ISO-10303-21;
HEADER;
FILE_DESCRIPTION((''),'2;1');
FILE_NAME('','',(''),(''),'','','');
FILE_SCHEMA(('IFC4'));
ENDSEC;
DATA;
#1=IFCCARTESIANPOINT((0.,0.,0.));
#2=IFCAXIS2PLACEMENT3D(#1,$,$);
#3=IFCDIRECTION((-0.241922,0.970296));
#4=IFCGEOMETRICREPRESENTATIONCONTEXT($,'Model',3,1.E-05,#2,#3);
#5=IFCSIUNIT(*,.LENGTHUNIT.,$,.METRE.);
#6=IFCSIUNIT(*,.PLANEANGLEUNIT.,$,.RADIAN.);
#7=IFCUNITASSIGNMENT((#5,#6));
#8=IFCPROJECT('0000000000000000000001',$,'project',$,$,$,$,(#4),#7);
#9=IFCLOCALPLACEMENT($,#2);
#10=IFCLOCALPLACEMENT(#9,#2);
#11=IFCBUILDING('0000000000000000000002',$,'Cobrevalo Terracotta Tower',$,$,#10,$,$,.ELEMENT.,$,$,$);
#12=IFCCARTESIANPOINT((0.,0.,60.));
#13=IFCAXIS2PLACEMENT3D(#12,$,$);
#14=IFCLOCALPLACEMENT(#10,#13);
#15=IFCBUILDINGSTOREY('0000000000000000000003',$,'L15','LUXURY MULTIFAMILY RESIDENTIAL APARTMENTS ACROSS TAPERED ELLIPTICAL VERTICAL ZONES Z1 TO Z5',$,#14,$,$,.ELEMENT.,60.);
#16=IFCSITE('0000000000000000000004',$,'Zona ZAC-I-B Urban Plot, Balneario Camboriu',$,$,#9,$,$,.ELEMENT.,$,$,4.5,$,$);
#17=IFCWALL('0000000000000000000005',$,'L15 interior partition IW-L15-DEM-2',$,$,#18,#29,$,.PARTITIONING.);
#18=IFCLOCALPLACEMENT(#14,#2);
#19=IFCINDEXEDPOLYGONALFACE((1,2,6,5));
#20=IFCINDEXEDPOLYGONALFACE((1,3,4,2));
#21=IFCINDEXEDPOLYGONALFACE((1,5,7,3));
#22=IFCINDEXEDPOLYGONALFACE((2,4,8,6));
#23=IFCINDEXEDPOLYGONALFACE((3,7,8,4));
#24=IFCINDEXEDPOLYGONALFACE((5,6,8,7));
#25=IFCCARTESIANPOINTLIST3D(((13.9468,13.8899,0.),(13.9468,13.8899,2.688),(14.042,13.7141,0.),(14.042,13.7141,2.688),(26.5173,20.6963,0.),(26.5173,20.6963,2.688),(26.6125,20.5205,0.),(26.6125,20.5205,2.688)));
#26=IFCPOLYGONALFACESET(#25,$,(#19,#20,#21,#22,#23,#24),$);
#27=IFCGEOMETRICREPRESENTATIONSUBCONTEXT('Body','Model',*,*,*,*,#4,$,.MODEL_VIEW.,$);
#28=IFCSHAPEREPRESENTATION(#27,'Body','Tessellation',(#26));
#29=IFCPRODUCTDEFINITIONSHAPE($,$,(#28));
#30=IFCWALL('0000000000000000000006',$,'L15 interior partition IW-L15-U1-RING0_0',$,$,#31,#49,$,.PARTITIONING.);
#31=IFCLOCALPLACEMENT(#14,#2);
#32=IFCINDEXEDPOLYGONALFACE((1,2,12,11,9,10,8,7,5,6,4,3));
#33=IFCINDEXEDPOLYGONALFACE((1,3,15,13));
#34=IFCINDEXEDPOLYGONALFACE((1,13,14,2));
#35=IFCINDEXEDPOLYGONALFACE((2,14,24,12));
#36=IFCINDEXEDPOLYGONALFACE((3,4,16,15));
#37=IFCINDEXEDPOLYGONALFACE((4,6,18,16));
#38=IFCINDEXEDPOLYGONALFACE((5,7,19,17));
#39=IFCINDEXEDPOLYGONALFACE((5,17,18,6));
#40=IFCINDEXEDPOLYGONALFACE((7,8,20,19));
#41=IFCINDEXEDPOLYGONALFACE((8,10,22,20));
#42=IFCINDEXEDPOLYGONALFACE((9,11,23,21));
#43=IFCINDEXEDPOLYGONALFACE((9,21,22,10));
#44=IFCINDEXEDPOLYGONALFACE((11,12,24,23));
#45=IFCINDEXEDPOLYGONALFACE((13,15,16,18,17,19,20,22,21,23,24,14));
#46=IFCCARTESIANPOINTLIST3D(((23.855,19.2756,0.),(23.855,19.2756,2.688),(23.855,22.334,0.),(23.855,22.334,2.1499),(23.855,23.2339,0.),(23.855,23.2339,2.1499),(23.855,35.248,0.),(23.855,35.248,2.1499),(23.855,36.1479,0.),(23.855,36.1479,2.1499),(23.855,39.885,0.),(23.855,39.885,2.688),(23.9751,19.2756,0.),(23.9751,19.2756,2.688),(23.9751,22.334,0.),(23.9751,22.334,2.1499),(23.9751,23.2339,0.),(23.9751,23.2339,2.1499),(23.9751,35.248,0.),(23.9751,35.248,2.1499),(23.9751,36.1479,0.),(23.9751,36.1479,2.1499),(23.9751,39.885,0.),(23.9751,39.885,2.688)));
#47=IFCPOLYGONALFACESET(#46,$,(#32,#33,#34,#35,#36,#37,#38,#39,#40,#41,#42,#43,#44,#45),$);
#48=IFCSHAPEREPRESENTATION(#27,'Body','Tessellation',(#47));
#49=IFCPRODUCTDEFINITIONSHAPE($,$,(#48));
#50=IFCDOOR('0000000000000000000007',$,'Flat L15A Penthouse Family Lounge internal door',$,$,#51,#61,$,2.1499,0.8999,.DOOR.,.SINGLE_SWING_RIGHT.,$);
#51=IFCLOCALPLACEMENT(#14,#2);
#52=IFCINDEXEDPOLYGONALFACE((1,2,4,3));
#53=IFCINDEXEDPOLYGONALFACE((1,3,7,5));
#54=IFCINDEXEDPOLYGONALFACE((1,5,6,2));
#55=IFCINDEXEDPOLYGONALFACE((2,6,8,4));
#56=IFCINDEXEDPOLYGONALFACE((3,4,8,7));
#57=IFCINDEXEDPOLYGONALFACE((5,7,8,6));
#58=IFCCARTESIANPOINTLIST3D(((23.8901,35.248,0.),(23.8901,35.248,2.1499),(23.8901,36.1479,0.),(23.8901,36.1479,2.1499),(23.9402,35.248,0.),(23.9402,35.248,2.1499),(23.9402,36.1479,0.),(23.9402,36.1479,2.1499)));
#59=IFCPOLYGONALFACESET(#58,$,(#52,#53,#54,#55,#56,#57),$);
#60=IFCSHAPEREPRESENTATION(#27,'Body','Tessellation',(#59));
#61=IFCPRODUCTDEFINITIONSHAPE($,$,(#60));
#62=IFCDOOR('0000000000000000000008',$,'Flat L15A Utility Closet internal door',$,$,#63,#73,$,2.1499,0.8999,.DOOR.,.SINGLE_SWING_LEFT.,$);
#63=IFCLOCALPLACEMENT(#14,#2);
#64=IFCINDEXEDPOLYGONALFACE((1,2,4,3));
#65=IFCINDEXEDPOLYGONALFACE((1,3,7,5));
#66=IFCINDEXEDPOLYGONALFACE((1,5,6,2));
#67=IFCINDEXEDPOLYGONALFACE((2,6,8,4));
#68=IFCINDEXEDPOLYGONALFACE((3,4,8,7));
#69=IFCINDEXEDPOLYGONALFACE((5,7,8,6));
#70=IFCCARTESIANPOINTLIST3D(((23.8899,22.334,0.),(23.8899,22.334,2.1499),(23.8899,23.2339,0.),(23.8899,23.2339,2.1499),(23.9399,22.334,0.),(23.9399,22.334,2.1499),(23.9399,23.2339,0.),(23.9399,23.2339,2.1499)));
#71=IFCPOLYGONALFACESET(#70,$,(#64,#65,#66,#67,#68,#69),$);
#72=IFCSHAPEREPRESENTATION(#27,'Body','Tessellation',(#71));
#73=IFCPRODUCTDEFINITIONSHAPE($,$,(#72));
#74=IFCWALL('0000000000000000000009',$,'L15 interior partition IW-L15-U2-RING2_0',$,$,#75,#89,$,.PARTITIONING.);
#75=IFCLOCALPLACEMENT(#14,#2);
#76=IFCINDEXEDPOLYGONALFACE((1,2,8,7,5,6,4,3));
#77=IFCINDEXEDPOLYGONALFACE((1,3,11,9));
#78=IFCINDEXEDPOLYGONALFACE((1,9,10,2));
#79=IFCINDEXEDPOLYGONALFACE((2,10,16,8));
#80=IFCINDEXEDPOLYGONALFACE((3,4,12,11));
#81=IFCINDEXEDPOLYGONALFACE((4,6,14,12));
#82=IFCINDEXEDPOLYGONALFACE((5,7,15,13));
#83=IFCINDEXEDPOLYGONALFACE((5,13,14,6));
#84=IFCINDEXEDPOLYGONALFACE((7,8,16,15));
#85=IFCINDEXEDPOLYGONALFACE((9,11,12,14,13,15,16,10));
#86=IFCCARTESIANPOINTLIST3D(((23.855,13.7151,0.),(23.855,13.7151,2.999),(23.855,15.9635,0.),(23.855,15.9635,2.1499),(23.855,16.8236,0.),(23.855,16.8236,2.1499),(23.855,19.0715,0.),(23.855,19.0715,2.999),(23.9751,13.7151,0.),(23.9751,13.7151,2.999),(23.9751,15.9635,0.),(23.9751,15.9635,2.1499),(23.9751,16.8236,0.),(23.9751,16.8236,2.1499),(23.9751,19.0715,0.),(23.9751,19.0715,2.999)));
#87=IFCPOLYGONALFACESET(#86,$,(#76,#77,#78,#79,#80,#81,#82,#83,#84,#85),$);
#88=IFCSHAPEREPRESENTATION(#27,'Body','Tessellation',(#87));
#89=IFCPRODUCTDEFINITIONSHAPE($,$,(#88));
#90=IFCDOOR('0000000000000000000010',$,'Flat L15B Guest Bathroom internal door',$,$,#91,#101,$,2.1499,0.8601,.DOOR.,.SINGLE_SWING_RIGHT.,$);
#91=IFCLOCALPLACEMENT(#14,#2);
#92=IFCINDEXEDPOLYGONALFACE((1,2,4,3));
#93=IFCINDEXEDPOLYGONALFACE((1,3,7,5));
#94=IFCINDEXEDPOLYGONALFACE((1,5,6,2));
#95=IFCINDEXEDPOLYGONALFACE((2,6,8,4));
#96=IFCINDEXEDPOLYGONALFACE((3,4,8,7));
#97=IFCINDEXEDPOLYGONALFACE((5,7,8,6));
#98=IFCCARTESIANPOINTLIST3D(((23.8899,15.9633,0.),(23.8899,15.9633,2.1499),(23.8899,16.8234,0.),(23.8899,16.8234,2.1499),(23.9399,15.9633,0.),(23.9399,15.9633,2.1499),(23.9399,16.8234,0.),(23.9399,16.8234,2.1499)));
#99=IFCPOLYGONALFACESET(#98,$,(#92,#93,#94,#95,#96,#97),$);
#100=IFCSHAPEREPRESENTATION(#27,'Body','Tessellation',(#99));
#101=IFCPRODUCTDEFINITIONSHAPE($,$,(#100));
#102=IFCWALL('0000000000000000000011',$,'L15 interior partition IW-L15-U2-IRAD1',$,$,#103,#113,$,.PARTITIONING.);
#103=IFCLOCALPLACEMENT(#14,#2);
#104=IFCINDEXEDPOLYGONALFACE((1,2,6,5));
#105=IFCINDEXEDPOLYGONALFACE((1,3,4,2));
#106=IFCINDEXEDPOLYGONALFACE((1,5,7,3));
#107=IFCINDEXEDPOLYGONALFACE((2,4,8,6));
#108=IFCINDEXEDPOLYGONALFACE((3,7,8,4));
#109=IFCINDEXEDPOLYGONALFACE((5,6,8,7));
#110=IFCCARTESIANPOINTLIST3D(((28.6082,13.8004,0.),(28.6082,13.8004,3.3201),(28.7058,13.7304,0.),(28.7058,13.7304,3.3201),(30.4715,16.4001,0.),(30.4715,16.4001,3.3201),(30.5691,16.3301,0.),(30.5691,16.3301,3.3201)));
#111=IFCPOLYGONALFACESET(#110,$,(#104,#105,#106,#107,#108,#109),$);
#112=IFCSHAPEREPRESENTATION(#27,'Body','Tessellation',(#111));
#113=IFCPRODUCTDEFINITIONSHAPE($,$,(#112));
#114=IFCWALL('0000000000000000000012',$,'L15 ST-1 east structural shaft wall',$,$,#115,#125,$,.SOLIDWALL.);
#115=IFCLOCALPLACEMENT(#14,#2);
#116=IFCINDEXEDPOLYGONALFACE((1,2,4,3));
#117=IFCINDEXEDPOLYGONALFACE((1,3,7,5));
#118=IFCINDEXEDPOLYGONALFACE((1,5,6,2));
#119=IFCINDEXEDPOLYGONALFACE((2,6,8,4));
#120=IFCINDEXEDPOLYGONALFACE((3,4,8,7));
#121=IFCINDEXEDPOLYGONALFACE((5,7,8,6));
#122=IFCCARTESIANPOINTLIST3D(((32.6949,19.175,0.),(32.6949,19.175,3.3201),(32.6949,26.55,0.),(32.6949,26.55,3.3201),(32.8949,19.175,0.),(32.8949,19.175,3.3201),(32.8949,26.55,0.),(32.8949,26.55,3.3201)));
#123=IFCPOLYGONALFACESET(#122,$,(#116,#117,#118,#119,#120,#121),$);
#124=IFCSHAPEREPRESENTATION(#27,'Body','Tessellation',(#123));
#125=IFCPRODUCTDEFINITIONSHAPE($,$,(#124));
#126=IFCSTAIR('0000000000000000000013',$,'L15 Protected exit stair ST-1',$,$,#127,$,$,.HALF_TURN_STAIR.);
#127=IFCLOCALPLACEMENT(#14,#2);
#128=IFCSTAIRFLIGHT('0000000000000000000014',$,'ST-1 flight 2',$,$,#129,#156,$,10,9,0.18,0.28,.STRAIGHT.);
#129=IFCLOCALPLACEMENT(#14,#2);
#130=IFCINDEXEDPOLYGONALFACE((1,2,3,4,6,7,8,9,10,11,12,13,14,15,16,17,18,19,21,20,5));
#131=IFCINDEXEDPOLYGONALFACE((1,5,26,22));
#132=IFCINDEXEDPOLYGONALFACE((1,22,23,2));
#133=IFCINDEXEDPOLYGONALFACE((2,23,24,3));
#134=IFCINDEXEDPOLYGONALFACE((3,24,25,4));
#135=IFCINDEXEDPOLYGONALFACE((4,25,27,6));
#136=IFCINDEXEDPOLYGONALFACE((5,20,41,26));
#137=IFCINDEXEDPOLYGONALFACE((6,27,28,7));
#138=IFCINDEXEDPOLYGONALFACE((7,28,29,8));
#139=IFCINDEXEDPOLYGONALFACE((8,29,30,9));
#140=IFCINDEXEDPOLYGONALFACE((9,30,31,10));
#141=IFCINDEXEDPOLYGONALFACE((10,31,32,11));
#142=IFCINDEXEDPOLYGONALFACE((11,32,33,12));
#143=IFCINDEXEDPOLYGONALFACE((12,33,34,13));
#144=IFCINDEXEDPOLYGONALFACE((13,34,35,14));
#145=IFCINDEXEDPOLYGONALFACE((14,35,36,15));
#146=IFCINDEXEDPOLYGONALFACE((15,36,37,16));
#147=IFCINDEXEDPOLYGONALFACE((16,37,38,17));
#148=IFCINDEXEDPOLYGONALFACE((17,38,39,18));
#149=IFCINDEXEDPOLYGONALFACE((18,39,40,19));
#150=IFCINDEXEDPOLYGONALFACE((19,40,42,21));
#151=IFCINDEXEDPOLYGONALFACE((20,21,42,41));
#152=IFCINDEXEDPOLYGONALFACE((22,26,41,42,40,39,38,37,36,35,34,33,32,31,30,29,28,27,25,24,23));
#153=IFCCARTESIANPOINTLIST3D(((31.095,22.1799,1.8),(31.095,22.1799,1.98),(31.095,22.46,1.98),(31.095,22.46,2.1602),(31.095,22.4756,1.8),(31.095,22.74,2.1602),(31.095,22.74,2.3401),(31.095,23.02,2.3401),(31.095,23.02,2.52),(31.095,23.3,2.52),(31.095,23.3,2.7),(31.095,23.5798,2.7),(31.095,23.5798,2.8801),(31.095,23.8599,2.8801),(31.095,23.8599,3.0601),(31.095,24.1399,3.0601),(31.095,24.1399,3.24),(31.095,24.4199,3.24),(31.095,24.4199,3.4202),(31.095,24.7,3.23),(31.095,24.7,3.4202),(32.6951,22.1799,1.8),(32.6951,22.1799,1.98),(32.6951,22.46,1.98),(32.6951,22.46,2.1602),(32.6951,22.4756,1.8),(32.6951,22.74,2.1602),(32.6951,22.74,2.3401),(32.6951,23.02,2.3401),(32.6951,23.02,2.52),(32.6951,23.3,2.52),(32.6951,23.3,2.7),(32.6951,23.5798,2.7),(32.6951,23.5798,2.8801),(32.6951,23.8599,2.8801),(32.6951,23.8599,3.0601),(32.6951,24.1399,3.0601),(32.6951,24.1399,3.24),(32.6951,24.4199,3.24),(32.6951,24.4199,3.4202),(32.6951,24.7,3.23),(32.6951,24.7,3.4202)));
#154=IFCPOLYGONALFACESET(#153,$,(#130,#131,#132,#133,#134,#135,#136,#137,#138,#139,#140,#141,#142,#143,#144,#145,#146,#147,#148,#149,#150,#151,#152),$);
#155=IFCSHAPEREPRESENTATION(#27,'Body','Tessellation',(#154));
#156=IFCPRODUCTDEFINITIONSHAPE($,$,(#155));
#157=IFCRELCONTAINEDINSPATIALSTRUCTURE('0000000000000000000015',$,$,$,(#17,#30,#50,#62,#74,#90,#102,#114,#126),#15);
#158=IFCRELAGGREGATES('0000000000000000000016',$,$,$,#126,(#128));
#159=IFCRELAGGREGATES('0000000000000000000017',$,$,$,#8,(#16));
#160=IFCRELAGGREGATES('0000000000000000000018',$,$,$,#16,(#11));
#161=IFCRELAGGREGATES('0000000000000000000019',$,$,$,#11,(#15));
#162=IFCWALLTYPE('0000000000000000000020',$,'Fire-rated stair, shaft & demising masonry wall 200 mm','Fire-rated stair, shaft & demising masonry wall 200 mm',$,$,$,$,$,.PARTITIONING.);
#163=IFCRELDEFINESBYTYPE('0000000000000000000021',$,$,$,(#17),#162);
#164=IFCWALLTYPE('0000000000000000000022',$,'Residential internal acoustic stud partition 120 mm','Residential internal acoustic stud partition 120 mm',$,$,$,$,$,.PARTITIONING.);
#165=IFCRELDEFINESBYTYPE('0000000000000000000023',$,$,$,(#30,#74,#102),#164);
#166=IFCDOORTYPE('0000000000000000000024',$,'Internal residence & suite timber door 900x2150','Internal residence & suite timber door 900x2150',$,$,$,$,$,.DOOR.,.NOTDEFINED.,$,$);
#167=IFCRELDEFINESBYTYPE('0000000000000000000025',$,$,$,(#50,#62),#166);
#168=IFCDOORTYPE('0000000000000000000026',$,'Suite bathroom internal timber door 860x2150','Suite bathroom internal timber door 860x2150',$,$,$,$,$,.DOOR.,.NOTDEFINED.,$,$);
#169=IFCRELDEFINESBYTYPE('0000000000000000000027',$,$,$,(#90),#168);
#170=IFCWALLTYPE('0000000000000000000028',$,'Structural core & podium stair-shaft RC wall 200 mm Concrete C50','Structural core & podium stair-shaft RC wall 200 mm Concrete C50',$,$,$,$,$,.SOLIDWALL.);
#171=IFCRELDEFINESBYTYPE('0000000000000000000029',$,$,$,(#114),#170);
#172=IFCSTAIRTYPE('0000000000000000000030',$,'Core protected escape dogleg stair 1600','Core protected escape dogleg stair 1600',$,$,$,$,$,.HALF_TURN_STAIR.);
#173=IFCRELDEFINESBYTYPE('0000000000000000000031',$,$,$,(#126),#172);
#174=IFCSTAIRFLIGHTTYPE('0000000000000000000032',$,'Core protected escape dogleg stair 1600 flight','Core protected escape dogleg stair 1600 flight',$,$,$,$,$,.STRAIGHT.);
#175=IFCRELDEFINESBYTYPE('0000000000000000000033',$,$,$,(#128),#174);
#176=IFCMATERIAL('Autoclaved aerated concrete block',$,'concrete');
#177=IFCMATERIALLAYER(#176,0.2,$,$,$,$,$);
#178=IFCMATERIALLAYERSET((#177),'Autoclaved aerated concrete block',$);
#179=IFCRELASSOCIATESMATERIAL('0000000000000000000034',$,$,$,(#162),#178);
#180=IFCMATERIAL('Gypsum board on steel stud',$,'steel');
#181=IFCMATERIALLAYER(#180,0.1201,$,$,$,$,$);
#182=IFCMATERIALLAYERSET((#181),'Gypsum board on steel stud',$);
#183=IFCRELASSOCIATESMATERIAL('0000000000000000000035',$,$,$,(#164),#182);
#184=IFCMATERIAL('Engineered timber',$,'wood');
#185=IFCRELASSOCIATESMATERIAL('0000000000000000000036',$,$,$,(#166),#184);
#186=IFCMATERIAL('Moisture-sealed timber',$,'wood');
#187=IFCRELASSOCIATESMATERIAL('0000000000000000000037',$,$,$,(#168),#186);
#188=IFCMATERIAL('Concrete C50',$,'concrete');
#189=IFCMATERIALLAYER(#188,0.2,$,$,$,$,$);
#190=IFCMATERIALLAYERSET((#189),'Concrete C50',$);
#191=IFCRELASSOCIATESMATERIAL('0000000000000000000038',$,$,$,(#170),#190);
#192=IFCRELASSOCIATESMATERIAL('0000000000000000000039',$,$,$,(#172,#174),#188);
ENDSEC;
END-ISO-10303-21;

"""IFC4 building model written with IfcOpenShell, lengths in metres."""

from ifc_helpers import new_model, si_unit, direction, frame, frame_2d, origin, place, context, subcontext, project, spatial, polyline, rectangle, outline, extrude, source, transform, mapped, material, layer, layer_set, type_object, element, fill, aggregate, save


model = new_model("IFC4")

# Units and contexts
model_context = context("Model", 3, precision=1e-05, world=origin(), true_north=direction((-0.241922, 0.970296)))
body_context = subcontext(model_context, "Body", "Model", "MODEL_VIEW")
ifc_project = project(units=[si_unit("LENGTHUNIT", "METRE"), si_unit("PLANEANGLEUNIT", "RADIAN")], contexts=[model_context])

# Site, building, storey
site_placement = place(None, origin())
site = spatial("IfcSite", under=ifc_project, at=site_placement, Name="Zona ZAC-I-B Urban Plot, Balneario Camboriu", CompositionType="ELEMENT", RefElevation=4.5)
building_placement = place(site_placement, origin())
building = spatial("IfcBuilding", under=site, at=building_placement, Name="Cobrevalo Terracotta Tower", CompositionType="ELEMENT")
storey_placement = place(building_placement, frame((0.0, 0.0, 60.0)))
storey = spatial("IfcBuildingStorey", under=building, at=storey_placement, Name="L15", Description="LUXURY MULTIFAMILY RESIDENTIAL APARTMENTS ACROSS TAPERED ELLIPTICAL VERTICAL ZONES Z1 TO Z5", CompositionType="ELEMENT", Elevation=60.0)

# Shared definitions
ifc_material_1 = material(Name="Gypsum board on steel stud", Category="steel")

# Wall
ifc_material_2 = material(Name="Autoclaved aerated concrete block", Category="concrete")
ifc_layer_1 = layer(ifc_material_2, 0.2)
ifc_layer_set_1 = layer_set([ifc_layer_1], Name="Autoclaved aerated concrete block")
wall_type_1 = type_object("IfcWallType", Name="Fire-rated stair, shaft & demising masonry wall 200 mm", Description="Fire-rated stair, shaft & demising masonry wall 200 mm", PredefinedType="PARTITIONING", material=ifc_layer_set_1)
wall_1_placement = place(storey_placement, frame((26.5649, 20.6084, 0.0), z_axis=(0.0, 0.0, 1.0), x_axis=(-0.87937, -0.47614, 0.0)))
element("IfcWall", 1, at=wall_1_placement, inside=storey, type_object=wall_type_1, Name="L15 interior partition IW-L15-DEM-2", PredefinedType="PARTITIONING", context=body_context, shape_type="SweptSolid", body=[
    extrude(rectangle(XDim=14.2949, YDim=0.2, at=frame_2d((7.1475, 0.0))), origin(), (0.0, 0.0, 1.0), 2.688),
])

# Wall, openings, doors
ifc_layer_2 = layer(ifc_material_1, 0.1201)
ifc_layer_set_2 = layer_set([ifc_layer_2], Name="Gypsum board on steel stud")
wall_type_2 = type_object("IfcWallType", Name="Residential internal acoustic stud partition 120 mm", Description="Residential internal acoustic stud partition 120 mm", PredefinedType="PARTITIONING", material=ifc_layer_set_2)
wall_2_placement = place(storey_placement, frame((23.915, 19.2756, 0.0), z_axis=(0.0, 0.0, 1.0), x_axis=(0.0, 1.0, 0.0)))
wall_2 = element("IfcWall", 2, at=wall_2_placement, inside=storey, type_object=wall_type_2, Name="L15 interior partition IW-L15-U1-RING0_0", PredefinedType="PARTITIONING", context=body_context, shape_type="SweptSolid", body=[
    extrude(rectangle(XDim=20.6094, YDim=0.1201, at=frame_2d((10.3047, 0.0))), origin(), (0.0, 0.0, 1.0), 2.688),
])
opening_1_placement = place(wall_2_placement, frame((15.9724, 0.0, 0.0)))
opening_1 = element("IfcOpeningElement", 3, at=opening_1_placement, cuts=wall_2, PredefinedType="OPENING", context=body_context, shape_type="SweptSolid", body=[
    extrude(rectangle(XDim=0.8999, YDim=2.1499, at=frame_2d((0.45, 1.075))), frame((0.0, 0.0701, 0.0), z_axis=(0.0, -1.0, 0.0), x_axis=(1.0, 0.0, 0.0)), (0.0, 0.0, 1.0), 0.1401),
])
opening_2_placement = place(wall_2_placement, frame((3.0583, 0.0, 0.0)))
opening_2 = element("IfcOpeningElement", 4, at=opening_2_placement, cuts=wall_2, PredefinedType="OPENING", context=body_context, shape_type="SweptSolid", body=[
    extrude(rectangle(XDim=0.8999, YDim=2.1499, at=frame_2d((0.45, 1.075))), frame((0.0, 0.0701, 0.0), z_axis=(0.0, -1.0, 0.0), x_axis=(1.0, 0.0, 0.0)), (0.0, 0.0, 1.0), 0.1401),
])
ifc_material_3 = material(Name="Engineered timber", Category="wood")
door_type_1 = type_object("IfcDoorType", Name="Internal residence & suite timber door 900x2150", Description="Internal residence & suite timber door 900x2150", OperationType="NOTDEFINED", PredefinedType="DOOR", material=ifc_material_3)
shared_shape_1 = source(origin(), body_context, "Body", "SweptSolid", [
    extrude(rectangle(XDim=0.8999, YDim=2.1499, at=frame_2d((0.45, 1.075))), frame((0.0, 0.0249, 0.0), z_axis=(0.0, -1.0, 0.0), x_axis=(1.0, 0.0, 0.0)), (0.0, 0.0, 1.0), 0.05),
])
door_1_placement = place(opening_1_placement, origin())
door_1 = element("IfcDoor", 5, at=door_1_placement, inside=storey, type_object=door_type_1, Name="Flat L15A Penthouse Family Lounge internal door", OperationType="SINGLE_SWING_RIGHT", OverallHeight=2.1499, OverallWidth=0.8999, PredefinedType="DOOR", context=body_context, shape_type="MappedRepresentation", body=[
    mapped(shared_shape_1, transform((0.0, 0.0, 0.0), scale=1.0)),
])
fill(opening_1, door_1)
door_2_placement = place(opening_2_placement, frame((0.8999, 0.0, 0.0), z_axis=(0.0, 0.0, 1.0), x_axis=(-1.0, 0.0, 0.0)))
door_2 = element("IfcDoor", 6, at=door_2_placement, inside=storey, type_object=door_type_1, Name="Flat L15A Utility Closet internal door", OperationType="SINGLE_SWING_LEFT", OverallHeight=2.1499, OverallWidth=0.8999, PredefinedType="DOOR", context=body_context, shape_type="MappedRepresentation", body=[
    mapped(shared_shape_1, transform((0.0, 0.0, 0.0), scale=1.0)),
])
fill(opening_2, door_2)

# Wall, opening, door
wall_3_placement = place(storey_placement, frame((23.915, 13.7151, 0.0), z_axis=(0.0, 0.0, 1.0), x_axis=(0.0, 1.0, 0.0)))
wall_3 = element("IfcWall", 7, at=wall_3_placement, inside=storey, type_object=wall_type_2, Name="L15 interior partition IW-L15-U2-RING2_0", PredefinedType="PARTITIONING", context=body_context, shape_type="SweptSolid", body=[
    extrude(rectangle(XDim=5.3564, YDim=0.1201, at=frame_2d((2.6782, 0.0))), origin(), (0.0, 0.0, 1.0), 2.999),
])
opening_3_placement = place(wall_3_placement, frame((2.2483, 0.0, 0.0)))
opening_3 = element("IfcOpeningElement", 8, at=opening_3_placement, cuts=wall_3, PredefinedType="OPENING", context=body_context, shape_type="SweptSolid", body=[
    extrude(rectangle(XDim=0.8601, YDim=2.1499, at=frame_2d((0.4302, 1.075))), frame((0.0, 0.0701, 0.0), z_axis=(0.0, -1.0, 0.0), x_axis=(1.0, 0.0, 0.0)), (0.0, 0.0, 1.0), 0.1401),
])
ifc_material_4 = material(Name="Moisture-sealed timber", Category="wood")
door_type_2 = type_object("IfcDoorType", Name="Suite bathroom internal timber door 860x2150", Description="Suite bathroom internal timber door 860x2150", OperationType="NOTDEFINED", PredefinedType="DOOR", material=ifc_material_4)
shared_shape_2 = source(origin(), body_context, "Body", "SweptSolid", [
    extrude(rectangle(XDim=0.8601, YDim=2.1499, at=frame_2d((0.4302, 1.075))), frame((0.0, 0.0249, 0.0), z_axis=(0.0, -1.0, 0.0), x_axis=(1.0, 0.0, 0.0)), (0.0, 0.0, 1.0), 0.05),
])
door_3_placement = place(opening_3_placement, frame((0.8601, 0.0, 0.0), z_axis=(0.0, 0.0, 1.0), x_axis=(-1.0, 0.0, 0.0)))
door_3 = element("IfcDoor", 9, at=door_3_placement, inside=storey, type_object=door_type_2, Name="Flat L15B Guest Bathroom internal door", OperationType="SINGLE_SWING_RIGHT", OverallHeight=2.1499, OverallWidth=0.8601, PredefinedType="DOOR", context=body_context, shape_type="MappedRepresentation", body=[
    mapped(shared_shape_2, transform((0.0, 0.0, 0.0), scale=1.0)),
])
fill(opening_3, door_3)

# Walls
wall_4_placement = place(storey_placement, frame((30.5203, 16.365, 0.0), z_axis=(0.0, 0.0, 1.0), x_axis=(-0.582566, -0.812783, 0.0)))
element("IfcWall", 10, at=wall_4_placement, inside=storey, type_object=wall_type_2, Name="L15 interior partition IW-L15-U2-IRAD1", PredefinedType="PARTITIONING", context=body_context, shape_type="SweptSolid", body=[
    extrude(rectangle(XDim=3.1985, YDim=0.1201, at=frame_2d((1.5991, 0.0))), origin(), (0.0, 0.0, 1.0), 3.3201),
])
ifc_material_5 = material(Name="Concrete C50", Category="concrete")
ifc_layer_3 = layer(ifc_material_5, 0.2)
ifc_layer_set_3 = layer_set([ifc_layer_3], Name="Concrete C50")
wall_type_3 = type_object("IfcWallType", Name="Structural core & podium stair-shaft RC wall 200 mm Concrete C50", Description="Structural core & podium stair-shaft RC wall 200 mm Concrete C50", PredefinedType="SOLIDWALL", material=ifc_layer_set_3)
wall_5_placement = place(storey_placement, frame((32.7949, 19.175, 0.0), z_axis=(0.0, 0.0, 1.0), x_axis=(0.0, 1.0, 0.0)))
element("IfcWall", 11, at=wall_5_placement, inside=storey, type_object=wall_type_3, Name="L15 ST-1 east structural shaft wall", PredefinedType="SOLIDWALL", context=body_context, shape_type="SweptSolid", body=[
    extrude(rectangle(XDim=7.375, YDim=0.2, at=frame_2d((3.6875, 0.0))), origin(), (0.0, 0.0, 1.0), 3.3201),
])

# Stair, stair flight
stair_type = type_object("IfcStairType", Name="Core protected escape dogleg stair 1600", Description="Core protected escape dogleg stair 1600", PredefinedType="HALF_TURN_STAIR", material=ifc_material_5)
stair_placement = place(storey_placement, origin())
stair = element("IfcStair", 12, at=stair_placement, inside=storey, type_object=stair_type, Name="L15 Protected exit stair ST-1", PredefinedType="HALF_TURN_STAIR")
stair_flight_type = type_object("IfcStairFlightType", Name="Core protected escape dogleg stair 1600 flight", Description="Core protected escape dogleg stair 1600 flight", PredefinedType="STRAIGHT", material=ifc_material_5)
stair_flight_placement = place(storey_placement, frame((31.895, 22.1799, 1.8), z_axis=(0.0, 0.0, 1.0), x_axis=(0.0, 1.0, 0.0)))
stair_flight = element("IfcStairFlight", 13, at=stair_flight_placement, type_object=stair_flight_type, Name="ST-1 flight 2", NumberOfRisers=10, NumberOfTreads=9, PredefinedType="STRAIGHT", RiserHeight=0.18, TreadLength=0.28, context=body_context, shape_type="SweptSolid", body=[
    extrude(outline(polyline([(0.0, 0.0), (0.0, 0.1799), (0.28, 0.1799), (0.28, 0.3601), (0.5601, 0.3601), (0.5601, 0.54), (0.8401, 0.54), (0.8401, 0.72), (1.1201, 0.72), (1.1201, 0.8999), (1.3999, 0.8999), (1.3999, 1.0801), (1.6799, 1.0801), (1.6799, 1.26), (1.96, 1.26), (1.96, 1.4399), (2.24, 1.4399), (2.24, 1.6201), (2.52, 1.6201), (2.52, 1.8), (2.52, 1.4299), (0.2957, 0.0), (0.0, 0.0)])), frame((0.0, 0.8, 0.0), z_axis=(0.0, -1.0, 0.0), x_axis=(1.0, 0.0, 0.0)), (0.0, 0.0, 1.0), 1.6001),
])
aggregate(stair, [stair_flight])

save(model, "model.ifc")
